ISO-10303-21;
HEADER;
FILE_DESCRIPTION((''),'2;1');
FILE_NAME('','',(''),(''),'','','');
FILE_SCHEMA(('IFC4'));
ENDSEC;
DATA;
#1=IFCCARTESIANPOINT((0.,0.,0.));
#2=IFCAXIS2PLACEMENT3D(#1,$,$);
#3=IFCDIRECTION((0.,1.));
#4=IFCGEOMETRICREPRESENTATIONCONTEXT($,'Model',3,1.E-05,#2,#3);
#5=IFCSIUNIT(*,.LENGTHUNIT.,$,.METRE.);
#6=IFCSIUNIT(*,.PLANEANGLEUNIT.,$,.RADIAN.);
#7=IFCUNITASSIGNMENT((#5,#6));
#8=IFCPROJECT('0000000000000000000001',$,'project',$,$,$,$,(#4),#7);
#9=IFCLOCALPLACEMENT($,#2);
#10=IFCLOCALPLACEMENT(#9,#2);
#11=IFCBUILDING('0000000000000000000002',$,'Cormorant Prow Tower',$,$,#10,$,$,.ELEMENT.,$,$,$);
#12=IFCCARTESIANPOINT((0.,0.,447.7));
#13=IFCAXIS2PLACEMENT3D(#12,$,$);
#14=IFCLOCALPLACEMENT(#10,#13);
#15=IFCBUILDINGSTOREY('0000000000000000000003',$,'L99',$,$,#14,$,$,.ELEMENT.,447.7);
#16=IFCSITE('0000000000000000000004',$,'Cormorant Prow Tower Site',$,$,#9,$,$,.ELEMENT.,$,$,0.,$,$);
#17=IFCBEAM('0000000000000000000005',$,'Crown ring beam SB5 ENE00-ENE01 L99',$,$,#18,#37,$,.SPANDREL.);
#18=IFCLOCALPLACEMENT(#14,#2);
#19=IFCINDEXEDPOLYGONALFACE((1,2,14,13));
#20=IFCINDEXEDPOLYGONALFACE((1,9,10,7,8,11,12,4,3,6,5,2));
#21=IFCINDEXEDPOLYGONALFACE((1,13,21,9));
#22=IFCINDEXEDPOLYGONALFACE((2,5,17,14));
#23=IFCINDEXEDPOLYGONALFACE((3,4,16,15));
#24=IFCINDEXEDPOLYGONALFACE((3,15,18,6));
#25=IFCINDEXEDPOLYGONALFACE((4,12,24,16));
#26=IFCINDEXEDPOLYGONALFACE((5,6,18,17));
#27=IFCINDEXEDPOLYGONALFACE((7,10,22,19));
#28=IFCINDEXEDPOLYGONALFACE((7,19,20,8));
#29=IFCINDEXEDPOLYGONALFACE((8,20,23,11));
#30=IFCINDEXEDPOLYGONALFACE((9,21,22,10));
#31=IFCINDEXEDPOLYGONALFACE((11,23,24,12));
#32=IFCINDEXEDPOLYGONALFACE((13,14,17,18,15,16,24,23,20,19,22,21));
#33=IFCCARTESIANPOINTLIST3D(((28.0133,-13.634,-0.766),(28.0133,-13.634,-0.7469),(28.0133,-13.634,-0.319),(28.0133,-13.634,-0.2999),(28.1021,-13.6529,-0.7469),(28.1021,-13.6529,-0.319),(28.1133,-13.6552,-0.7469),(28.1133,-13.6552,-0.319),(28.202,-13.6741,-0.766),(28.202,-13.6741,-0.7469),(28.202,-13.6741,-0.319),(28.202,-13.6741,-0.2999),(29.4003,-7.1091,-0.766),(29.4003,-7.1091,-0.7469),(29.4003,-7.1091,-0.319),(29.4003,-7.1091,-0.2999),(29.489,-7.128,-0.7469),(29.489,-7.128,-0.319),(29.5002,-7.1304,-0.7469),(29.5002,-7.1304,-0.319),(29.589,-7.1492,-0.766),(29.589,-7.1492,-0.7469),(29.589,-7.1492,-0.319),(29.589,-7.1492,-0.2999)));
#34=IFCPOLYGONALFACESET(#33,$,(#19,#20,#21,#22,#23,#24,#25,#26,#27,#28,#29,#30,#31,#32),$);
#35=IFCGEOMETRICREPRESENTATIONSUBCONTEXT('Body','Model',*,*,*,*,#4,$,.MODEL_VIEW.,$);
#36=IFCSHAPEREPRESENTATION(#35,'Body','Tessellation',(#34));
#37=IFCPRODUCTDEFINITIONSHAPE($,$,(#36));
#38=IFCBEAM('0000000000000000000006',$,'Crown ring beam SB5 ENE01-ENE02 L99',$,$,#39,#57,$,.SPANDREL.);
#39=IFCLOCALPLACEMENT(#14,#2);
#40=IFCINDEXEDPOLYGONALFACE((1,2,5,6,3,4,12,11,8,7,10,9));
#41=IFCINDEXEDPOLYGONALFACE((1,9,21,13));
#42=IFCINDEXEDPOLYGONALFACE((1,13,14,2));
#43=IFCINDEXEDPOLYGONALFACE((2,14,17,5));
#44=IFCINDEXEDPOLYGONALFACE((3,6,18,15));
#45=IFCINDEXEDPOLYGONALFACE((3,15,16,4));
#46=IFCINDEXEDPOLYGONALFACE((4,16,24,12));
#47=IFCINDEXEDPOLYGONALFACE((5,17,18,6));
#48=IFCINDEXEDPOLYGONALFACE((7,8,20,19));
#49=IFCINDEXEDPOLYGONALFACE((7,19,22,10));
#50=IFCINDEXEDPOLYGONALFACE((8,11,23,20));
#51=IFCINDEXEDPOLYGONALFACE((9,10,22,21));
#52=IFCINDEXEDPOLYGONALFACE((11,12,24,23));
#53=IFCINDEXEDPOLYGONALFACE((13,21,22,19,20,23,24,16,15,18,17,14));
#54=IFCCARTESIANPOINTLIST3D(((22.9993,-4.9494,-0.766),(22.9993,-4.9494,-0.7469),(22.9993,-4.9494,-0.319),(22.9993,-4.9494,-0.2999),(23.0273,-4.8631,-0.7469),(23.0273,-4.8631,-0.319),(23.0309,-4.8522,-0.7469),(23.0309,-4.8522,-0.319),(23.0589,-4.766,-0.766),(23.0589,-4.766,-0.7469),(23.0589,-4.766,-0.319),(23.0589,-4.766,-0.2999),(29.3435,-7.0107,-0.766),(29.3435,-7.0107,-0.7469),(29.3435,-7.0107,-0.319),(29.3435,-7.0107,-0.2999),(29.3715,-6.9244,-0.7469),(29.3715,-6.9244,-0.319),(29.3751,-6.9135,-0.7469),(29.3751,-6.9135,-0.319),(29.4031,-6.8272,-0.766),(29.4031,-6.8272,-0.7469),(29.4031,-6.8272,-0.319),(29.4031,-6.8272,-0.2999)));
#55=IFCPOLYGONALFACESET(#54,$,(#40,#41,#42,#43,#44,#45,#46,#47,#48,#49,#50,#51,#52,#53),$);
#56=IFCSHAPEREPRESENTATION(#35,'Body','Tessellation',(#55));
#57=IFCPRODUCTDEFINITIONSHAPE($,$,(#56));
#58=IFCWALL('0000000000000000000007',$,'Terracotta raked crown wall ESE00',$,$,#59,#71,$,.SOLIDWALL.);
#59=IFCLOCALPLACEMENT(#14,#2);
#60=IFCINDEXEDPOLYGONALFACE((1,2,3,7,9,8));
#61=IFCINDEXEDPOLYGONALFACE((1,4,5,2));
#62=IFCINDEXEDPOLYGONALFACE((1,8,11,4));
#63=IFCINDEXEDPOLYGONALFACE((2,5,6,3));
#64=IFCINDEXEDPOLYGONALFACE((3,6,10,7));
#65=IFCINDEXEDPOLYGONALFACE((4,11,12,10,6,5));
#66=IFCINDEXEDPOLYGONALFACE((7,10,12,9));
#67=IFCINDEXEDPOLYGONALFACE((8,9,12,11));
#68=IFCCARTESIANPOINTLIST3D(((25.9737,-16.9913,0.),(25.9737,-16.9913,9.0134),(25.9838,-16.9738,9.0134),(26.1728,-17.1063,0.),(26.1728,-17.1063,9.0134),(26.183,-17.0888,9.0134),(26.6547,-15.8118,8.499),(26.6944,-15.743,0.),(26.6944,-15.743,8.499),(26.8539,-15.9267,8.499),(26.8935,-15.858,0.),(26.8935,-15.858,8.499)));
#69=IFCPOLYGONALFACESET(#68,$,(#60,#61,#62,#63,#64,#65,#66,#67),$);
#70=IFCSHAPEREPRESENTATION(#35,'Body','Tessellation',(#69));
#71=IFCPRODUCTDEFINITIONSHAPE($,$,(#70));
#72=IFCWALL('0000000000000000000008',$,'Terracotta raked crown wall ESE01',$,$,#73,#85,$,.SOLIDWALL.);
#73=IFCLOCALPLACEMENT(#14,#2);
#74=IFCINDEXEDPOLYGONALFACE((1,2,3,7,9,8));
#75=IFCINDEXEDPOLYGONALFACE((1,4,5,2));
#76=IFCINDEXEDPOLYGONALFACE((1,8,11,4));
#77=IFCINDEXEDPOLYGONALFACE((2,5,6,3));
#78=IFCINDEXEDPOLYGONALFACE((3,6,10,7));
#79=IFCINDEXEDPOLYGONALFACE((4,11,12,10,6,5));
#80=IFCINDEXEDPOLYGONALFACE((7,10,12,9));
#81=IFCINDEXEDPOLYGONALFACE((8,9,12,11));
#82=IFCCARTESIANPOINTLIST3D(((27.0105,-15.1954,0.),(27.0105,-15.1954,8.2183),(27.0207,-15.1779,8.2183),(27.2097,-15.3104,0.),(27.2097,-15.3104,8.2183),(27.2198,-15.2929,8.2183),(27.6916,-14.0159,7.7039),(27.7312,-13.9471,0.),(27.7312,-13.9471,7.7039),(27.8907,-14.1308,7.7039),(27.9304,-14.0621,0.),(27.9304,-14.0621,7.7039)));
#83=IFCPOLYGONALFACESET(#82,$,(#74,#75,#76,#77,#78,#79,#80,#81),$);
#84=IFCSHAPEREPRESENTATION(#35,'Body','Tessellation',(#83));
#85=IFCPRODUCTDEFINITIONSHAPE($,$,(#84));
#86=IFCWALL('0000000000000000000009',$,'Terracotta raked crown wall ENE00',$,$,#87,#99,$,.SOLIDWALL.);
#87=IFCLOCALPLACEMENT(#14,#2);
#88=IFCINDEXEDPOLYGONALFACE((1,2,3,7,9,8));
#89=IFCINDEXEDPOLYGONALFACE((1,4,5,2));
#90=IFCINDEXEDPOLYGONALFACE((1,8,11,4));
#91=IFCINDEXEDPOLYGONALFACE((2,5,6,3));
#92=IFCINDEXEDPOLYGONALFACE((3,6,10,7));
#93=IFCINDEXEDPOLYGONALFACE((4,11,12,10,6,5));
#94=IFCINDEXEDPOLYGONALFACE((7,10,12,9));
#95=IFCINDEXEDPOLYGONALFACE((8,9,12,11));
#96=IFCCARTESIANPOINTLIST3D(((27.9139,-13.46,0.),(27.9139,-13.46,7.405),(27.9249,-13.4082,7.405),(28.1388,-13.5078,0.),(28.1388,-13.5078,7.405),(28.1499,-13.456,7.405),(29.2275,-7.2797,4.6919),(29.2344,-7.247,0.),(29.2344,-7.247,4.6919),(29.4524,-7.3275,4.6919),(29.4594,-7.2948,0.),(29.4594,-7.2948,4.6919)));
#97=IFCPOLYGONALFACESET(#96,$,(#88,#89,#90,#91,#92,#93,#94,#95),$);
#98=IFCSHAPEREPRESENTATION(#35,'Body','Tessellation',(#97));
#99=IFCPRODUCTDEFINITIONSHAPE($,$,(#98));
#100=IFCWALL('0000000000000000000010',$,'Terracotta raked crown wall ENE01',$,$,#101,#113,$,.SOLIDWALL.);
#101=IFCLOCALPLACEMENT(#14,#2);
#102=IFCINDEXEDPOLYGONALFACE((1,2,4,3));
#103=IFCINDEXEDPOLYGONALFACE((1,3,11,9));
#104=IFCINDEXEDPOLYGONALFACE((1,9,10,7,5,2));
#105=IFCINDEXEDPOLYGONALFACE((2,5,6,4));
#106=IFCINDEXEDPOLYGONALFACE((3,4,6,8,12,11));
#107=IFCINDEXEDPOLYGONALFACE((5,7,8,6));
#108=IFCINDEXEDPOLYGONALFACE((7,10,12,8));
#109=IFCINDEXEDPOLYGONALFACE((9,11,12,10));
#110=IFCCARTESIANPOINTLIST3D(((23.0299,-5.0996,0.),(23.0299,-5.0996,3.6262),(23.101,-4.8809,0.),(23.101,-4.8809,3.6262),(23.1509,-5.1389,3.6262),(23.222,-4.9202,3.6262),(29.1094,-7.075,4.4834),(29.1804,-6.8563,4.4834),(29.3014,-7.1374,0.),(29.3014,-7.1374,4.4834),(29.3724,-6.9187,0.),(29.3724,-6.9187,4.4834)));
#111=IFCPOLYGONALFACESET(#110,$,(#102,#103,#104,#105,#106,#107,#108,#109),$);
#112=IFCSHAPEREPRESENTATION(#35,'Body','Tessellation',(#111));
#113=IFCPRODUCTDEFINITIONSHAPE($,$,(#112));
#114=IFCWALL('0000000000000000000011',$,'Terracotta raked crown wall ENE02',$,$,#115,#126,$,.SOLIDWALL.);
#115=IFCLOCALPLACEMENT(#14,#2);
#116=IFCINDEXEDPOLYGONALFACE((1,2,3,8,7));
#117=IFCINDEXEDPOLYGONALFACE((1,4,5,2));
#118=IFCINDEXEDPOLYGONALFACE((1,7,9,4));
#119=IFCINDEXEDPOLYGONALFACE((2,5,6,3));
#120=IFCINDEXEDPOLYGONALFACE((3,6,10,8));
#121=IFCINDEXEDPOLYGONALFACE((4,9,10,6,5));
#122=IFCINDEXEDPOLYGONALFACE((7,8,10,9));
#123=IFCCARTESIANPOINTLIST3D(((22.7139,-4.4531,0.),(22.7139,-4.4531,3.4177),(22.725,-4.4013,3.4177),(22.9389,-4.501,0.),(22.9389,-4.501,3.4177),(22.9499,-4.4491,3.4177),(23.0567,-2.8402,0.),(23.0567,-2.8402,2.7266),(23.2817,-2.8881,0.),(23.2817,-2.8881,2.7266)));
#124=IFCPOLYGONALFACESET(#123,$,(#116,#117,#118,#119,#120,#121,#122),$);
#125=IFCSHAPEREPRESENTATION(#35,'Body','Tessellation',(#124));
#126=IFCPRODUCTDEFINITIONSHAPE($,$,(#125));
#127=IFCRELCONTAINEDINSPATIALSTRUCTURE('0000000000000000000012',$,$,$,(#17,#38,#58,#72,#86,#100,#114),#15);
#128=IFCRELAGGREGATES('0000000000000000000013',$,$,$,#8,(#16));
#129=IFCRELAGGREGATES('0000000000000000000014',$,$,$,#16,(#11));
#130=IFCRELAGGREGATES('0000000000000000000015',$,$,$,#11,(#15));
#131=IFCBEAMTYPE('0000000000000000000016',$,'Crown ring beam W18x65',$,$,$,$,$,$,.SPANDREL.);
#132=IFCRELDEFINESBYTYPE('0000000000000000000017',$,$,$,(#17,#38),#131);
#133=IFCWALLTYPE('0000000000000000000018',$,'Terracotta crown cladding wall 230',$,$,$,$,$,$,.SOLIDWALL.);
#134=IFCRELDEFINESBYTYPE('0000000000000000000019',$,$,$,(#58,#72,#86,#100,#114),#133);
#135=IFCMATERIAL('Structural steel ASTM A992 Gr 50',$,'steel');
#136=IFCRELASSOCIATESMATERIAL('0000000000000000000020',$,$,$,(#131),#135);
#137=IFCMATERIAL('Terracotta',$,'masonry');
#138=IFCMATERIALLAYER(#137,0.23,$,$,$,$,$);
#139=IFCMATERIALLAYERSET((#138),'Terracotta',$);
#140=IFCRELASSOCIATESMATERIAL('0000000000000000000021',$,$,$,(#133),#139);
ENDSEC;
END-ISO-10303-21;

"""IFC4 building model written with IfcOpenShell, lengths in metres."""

from ifc_helpers import new_model, si_unit, direction, frame, origin, origin_2d, place, context, subcontext, project, spatial, polyline, i_section, outline, extrude, material, layer, layer_set, material_profile, profile_set, type_object, element, save


model = new_model("IFC4")

# Units and contexts
model_context = context("Model", 3, precision=1e-05, world=origin(), true_north=direction((0.0, 1.0)))
body_context = subcontext(model_context, "Body", "Model", "MODEL_VIEW")
ifc_project = project(units=[si_unit("LENGTHUNIT", "METRE"), si_unit("PLANEANGLEUNIT", "RADIAN")], contexts=[model_context])

# Site, building, storey
site_placement = place(None, origin())
site = spatial("IfcSite", under=ifc_project, at=site_placement, Name="Cormorant Prow Tower Site", CompositionType="ELEMENT", RefElevation=0.0)
building_placement = place(site_placement, origin())
building = spatial("IfcBuilding", under=site, at=building_placement, Name="Cormorant Prow Tower", CompositionType="ELEMENT")
storey_placement = place(building_placement, frame((0.0, 0.0, 447.7)))
storey = spatial("IfcBuildingStorey", under=building, at=storey_placement, Name="L99", CompositionType="ELEMENT", Elevation=447.7)

# Beams
ifc_material_1 = material(Name="Structural steel ASTM A992 Gr 50", Category="steel")
ifc_material_profile_1 = material_profile(ifc_material_1, i_section(OverallWidth=0.1929, OverallDepth=0.4661, WebThickness=0.0115, FlangeThickness=0.019, at=origin_2d()), Name="W18x65")
ifc_profile_set_1 = profile_set([ifc_material_profile_1], Name="Structural steel ASTM A992 Gr 50")
beam_type = type_object("IfcBeamType", Name="Crown ring beam W18x65", PredefinedType="SPANDREL", material=ifc_profile_set_1)
for number, where, z_axis, x_axis, name in (
    (1, (28.1077, -13.6541, -0.533), (0.207919, 0.978146, 0.0), (-0.978146, 0.207919, 0.0), "Crown ring beam SB5 ENE00-ENE01 L99"),
    (2, (29.3733, -6.9189, -0.533), (-0.95106, 0.309005, 0.0), (-0.309005, -0.95106, 0.0), "Crown ring beam SB5 ENE01-ENE02 L99"),
):
    element("IfcBeam", number, at=place(storey_placement, frame(where, z_axis=z_axis, x_axis=x_axis)), inside=storey, type_object=beam_type, Name=name, PredefinedType="SPANDREL", context=body_context, shape_type="SweptSolid", body=[
        extrude(i_section(OverallWidth=0.1929, OverallDepth=0.4661, WebThickness=0.0115, FlangeThickness=0.019, at=origin_2d()), origin(), (0.0, 0.0, 1.0), 6.6707),
    ])

# Walls
ifc_material_2 = material(Name="Terracotta", Category="masonry")
ifc_layer_1 = layer(ifc_material_2, 0.23)
ifc_layer_set_1 = layer_set([ifc_layer_1], Name="Terracotta")
wall_type = type_object("IfcWallType", Name="Terracotta crown cladding wall 230", PredefinedType="SOLIDWALL", material=ifc_layer_set_1)
wall_1_placement = place(storey_placement, frame((26.0732, -17.0488, 0.0), z_axis=(0.0, 0.0, 1.0), x_axis=(0.500001, 0.866025, 0.0)))
element("IfcWall", 3, at=wall_1_placement, inside=storey, type_object=wall_type, Name="Terracotta raked crown wall ESE00", PredefinedType="SOLIDWALL", context=body_context, shape_type="SweptSolid", body=[
    extrude(outline(polyline([(0.0, 0.0), (1.4414, 0.0), (1.4414, 8.499), (1.3621, 8.499), (0.0203, 9.0134), (0.0, 9.0134), (0.0, 0.0)])), frame((0.0, 0.115, 0.0), z_axis=(0.0, -1.0, 0.0), x_axis=(1.0, 0.0, 0.0)), (0.0, 0.0, 1.0), 0.23),
])
wall_2_placement = place(storey_placement, frame((27.1101, -15.2529, 0.0), z_axis=(0.0, 0.0, 1.0), x_axis=(0.500001, 0.866025, 0.0)))
element("IfcWall", 4, at=wall_2_placement, inside=storey, type_object=wall_type, Name="Terracotta raked crown wall ESE01", PredefinedType="SOLIDWALL", context=body_context, shape_type="SweptSolid", body=[
    extrude(outline(polyline([(0.0, 0.0), (1.4414, 0.0), (1.4414, 7.7039), (1.3621, 7.7039), (0.0203, 8.2183), (0.0, 8.2183), (0.0, 0.0)])), frame((0.0, 0.115, 0.0), z_axis=(0.0, -1.0, 0.0), x_axis=(1.0, 0.0, 0.0)), (0.0, 0.0, 1.0), 0.23),
])
wall_3_placement = place(storey_placement, frame((28.0264, -13.4839, 0.0), z_axis=(0.0, 0.0, 1.0), x_axis=(0.207899, 0.97815, 0.0)))
element("IfcWall", 5, at=wall_3_placement, inside=storey, type_object=wall_type, Name="Terracotta raked crown wall ENE00", PredefinedType="SOLIDWALL", context=body_context, shape_type="SweptSolid", body=[
    extrude(outline(polyline([(0.0, 0.0), (6.3518, 0.0), (6.3518, 4.6919), (6.3184, 4.6919), (0.053, 7.405), (0.0, 7.405), (0.0, 0.0)])), frame((0.0, 0.115, 0.0), z_axis=(0.0, -1.0, 0.0), x_axis=(1.0, 0.0, 0.0)), (0.0, 0.0, 1.0), 0.23),
])
wall_4_placement = place(storey_placement, frame((29.3369, -7.0281, 0.0), z_axis=(0.0, 0.0, 1.0), x_axis=(-0.951051, 0.309032, 0.0)))
element("IfcWall", 6, at=wall_4_placement, inside=storey, type_object=wall_type, Name="Terracotta raked crown wall ENE01", PredefinedType="SOLIDWALL", context=body_context, shape_type="SweptSolid", body=[
    extrude(outline(polyline([(0.0, 0.0), (6.5942, 0.0), (6.5942, 3.6262), (6.467, 3.6262), (0.2019, 4.4834), (0.0, 4.4834), (0.0, 0.0)])), frame((0.0, 0.115, 0.0), z_axis=(0.0, -1.0, 0.0), x_axis=(1.0, 0.0, 0.0)), (0.0, 0.0, 1.0), 0.23),
])
wall_5_placement = place(storey_placement, frame((22.8264, -4.4771, 0.0), z_axis=(0.0, 0.0, 1.0), x_axis=(0.207891, 0.978152, 0.0)))
element("IfcWall", 7, at=wall_5_placement, inside=storey, type_object=wall_type, Name="Terracotta raked crown wall ENE02", PredefinedType="SOLIDWALL", context=body_context, shape_type="SweptSolid", body=[
    extrude(outline(polyline([(0.0, 0.0), (1.6489, 0.0), (1.6489, 2.7266), (0.053, 3.4177), (0.0, 3.4177), (0.0, 0.0)])), frame((0.0, 0.115, 0.0), z_axis=(0.0, -1.0, 0.0), x_axis=(1.0, 0.0, 0.0)), (0.0, 0.0, 1.0), 0.23),
])

save(model, "model.ifc")
